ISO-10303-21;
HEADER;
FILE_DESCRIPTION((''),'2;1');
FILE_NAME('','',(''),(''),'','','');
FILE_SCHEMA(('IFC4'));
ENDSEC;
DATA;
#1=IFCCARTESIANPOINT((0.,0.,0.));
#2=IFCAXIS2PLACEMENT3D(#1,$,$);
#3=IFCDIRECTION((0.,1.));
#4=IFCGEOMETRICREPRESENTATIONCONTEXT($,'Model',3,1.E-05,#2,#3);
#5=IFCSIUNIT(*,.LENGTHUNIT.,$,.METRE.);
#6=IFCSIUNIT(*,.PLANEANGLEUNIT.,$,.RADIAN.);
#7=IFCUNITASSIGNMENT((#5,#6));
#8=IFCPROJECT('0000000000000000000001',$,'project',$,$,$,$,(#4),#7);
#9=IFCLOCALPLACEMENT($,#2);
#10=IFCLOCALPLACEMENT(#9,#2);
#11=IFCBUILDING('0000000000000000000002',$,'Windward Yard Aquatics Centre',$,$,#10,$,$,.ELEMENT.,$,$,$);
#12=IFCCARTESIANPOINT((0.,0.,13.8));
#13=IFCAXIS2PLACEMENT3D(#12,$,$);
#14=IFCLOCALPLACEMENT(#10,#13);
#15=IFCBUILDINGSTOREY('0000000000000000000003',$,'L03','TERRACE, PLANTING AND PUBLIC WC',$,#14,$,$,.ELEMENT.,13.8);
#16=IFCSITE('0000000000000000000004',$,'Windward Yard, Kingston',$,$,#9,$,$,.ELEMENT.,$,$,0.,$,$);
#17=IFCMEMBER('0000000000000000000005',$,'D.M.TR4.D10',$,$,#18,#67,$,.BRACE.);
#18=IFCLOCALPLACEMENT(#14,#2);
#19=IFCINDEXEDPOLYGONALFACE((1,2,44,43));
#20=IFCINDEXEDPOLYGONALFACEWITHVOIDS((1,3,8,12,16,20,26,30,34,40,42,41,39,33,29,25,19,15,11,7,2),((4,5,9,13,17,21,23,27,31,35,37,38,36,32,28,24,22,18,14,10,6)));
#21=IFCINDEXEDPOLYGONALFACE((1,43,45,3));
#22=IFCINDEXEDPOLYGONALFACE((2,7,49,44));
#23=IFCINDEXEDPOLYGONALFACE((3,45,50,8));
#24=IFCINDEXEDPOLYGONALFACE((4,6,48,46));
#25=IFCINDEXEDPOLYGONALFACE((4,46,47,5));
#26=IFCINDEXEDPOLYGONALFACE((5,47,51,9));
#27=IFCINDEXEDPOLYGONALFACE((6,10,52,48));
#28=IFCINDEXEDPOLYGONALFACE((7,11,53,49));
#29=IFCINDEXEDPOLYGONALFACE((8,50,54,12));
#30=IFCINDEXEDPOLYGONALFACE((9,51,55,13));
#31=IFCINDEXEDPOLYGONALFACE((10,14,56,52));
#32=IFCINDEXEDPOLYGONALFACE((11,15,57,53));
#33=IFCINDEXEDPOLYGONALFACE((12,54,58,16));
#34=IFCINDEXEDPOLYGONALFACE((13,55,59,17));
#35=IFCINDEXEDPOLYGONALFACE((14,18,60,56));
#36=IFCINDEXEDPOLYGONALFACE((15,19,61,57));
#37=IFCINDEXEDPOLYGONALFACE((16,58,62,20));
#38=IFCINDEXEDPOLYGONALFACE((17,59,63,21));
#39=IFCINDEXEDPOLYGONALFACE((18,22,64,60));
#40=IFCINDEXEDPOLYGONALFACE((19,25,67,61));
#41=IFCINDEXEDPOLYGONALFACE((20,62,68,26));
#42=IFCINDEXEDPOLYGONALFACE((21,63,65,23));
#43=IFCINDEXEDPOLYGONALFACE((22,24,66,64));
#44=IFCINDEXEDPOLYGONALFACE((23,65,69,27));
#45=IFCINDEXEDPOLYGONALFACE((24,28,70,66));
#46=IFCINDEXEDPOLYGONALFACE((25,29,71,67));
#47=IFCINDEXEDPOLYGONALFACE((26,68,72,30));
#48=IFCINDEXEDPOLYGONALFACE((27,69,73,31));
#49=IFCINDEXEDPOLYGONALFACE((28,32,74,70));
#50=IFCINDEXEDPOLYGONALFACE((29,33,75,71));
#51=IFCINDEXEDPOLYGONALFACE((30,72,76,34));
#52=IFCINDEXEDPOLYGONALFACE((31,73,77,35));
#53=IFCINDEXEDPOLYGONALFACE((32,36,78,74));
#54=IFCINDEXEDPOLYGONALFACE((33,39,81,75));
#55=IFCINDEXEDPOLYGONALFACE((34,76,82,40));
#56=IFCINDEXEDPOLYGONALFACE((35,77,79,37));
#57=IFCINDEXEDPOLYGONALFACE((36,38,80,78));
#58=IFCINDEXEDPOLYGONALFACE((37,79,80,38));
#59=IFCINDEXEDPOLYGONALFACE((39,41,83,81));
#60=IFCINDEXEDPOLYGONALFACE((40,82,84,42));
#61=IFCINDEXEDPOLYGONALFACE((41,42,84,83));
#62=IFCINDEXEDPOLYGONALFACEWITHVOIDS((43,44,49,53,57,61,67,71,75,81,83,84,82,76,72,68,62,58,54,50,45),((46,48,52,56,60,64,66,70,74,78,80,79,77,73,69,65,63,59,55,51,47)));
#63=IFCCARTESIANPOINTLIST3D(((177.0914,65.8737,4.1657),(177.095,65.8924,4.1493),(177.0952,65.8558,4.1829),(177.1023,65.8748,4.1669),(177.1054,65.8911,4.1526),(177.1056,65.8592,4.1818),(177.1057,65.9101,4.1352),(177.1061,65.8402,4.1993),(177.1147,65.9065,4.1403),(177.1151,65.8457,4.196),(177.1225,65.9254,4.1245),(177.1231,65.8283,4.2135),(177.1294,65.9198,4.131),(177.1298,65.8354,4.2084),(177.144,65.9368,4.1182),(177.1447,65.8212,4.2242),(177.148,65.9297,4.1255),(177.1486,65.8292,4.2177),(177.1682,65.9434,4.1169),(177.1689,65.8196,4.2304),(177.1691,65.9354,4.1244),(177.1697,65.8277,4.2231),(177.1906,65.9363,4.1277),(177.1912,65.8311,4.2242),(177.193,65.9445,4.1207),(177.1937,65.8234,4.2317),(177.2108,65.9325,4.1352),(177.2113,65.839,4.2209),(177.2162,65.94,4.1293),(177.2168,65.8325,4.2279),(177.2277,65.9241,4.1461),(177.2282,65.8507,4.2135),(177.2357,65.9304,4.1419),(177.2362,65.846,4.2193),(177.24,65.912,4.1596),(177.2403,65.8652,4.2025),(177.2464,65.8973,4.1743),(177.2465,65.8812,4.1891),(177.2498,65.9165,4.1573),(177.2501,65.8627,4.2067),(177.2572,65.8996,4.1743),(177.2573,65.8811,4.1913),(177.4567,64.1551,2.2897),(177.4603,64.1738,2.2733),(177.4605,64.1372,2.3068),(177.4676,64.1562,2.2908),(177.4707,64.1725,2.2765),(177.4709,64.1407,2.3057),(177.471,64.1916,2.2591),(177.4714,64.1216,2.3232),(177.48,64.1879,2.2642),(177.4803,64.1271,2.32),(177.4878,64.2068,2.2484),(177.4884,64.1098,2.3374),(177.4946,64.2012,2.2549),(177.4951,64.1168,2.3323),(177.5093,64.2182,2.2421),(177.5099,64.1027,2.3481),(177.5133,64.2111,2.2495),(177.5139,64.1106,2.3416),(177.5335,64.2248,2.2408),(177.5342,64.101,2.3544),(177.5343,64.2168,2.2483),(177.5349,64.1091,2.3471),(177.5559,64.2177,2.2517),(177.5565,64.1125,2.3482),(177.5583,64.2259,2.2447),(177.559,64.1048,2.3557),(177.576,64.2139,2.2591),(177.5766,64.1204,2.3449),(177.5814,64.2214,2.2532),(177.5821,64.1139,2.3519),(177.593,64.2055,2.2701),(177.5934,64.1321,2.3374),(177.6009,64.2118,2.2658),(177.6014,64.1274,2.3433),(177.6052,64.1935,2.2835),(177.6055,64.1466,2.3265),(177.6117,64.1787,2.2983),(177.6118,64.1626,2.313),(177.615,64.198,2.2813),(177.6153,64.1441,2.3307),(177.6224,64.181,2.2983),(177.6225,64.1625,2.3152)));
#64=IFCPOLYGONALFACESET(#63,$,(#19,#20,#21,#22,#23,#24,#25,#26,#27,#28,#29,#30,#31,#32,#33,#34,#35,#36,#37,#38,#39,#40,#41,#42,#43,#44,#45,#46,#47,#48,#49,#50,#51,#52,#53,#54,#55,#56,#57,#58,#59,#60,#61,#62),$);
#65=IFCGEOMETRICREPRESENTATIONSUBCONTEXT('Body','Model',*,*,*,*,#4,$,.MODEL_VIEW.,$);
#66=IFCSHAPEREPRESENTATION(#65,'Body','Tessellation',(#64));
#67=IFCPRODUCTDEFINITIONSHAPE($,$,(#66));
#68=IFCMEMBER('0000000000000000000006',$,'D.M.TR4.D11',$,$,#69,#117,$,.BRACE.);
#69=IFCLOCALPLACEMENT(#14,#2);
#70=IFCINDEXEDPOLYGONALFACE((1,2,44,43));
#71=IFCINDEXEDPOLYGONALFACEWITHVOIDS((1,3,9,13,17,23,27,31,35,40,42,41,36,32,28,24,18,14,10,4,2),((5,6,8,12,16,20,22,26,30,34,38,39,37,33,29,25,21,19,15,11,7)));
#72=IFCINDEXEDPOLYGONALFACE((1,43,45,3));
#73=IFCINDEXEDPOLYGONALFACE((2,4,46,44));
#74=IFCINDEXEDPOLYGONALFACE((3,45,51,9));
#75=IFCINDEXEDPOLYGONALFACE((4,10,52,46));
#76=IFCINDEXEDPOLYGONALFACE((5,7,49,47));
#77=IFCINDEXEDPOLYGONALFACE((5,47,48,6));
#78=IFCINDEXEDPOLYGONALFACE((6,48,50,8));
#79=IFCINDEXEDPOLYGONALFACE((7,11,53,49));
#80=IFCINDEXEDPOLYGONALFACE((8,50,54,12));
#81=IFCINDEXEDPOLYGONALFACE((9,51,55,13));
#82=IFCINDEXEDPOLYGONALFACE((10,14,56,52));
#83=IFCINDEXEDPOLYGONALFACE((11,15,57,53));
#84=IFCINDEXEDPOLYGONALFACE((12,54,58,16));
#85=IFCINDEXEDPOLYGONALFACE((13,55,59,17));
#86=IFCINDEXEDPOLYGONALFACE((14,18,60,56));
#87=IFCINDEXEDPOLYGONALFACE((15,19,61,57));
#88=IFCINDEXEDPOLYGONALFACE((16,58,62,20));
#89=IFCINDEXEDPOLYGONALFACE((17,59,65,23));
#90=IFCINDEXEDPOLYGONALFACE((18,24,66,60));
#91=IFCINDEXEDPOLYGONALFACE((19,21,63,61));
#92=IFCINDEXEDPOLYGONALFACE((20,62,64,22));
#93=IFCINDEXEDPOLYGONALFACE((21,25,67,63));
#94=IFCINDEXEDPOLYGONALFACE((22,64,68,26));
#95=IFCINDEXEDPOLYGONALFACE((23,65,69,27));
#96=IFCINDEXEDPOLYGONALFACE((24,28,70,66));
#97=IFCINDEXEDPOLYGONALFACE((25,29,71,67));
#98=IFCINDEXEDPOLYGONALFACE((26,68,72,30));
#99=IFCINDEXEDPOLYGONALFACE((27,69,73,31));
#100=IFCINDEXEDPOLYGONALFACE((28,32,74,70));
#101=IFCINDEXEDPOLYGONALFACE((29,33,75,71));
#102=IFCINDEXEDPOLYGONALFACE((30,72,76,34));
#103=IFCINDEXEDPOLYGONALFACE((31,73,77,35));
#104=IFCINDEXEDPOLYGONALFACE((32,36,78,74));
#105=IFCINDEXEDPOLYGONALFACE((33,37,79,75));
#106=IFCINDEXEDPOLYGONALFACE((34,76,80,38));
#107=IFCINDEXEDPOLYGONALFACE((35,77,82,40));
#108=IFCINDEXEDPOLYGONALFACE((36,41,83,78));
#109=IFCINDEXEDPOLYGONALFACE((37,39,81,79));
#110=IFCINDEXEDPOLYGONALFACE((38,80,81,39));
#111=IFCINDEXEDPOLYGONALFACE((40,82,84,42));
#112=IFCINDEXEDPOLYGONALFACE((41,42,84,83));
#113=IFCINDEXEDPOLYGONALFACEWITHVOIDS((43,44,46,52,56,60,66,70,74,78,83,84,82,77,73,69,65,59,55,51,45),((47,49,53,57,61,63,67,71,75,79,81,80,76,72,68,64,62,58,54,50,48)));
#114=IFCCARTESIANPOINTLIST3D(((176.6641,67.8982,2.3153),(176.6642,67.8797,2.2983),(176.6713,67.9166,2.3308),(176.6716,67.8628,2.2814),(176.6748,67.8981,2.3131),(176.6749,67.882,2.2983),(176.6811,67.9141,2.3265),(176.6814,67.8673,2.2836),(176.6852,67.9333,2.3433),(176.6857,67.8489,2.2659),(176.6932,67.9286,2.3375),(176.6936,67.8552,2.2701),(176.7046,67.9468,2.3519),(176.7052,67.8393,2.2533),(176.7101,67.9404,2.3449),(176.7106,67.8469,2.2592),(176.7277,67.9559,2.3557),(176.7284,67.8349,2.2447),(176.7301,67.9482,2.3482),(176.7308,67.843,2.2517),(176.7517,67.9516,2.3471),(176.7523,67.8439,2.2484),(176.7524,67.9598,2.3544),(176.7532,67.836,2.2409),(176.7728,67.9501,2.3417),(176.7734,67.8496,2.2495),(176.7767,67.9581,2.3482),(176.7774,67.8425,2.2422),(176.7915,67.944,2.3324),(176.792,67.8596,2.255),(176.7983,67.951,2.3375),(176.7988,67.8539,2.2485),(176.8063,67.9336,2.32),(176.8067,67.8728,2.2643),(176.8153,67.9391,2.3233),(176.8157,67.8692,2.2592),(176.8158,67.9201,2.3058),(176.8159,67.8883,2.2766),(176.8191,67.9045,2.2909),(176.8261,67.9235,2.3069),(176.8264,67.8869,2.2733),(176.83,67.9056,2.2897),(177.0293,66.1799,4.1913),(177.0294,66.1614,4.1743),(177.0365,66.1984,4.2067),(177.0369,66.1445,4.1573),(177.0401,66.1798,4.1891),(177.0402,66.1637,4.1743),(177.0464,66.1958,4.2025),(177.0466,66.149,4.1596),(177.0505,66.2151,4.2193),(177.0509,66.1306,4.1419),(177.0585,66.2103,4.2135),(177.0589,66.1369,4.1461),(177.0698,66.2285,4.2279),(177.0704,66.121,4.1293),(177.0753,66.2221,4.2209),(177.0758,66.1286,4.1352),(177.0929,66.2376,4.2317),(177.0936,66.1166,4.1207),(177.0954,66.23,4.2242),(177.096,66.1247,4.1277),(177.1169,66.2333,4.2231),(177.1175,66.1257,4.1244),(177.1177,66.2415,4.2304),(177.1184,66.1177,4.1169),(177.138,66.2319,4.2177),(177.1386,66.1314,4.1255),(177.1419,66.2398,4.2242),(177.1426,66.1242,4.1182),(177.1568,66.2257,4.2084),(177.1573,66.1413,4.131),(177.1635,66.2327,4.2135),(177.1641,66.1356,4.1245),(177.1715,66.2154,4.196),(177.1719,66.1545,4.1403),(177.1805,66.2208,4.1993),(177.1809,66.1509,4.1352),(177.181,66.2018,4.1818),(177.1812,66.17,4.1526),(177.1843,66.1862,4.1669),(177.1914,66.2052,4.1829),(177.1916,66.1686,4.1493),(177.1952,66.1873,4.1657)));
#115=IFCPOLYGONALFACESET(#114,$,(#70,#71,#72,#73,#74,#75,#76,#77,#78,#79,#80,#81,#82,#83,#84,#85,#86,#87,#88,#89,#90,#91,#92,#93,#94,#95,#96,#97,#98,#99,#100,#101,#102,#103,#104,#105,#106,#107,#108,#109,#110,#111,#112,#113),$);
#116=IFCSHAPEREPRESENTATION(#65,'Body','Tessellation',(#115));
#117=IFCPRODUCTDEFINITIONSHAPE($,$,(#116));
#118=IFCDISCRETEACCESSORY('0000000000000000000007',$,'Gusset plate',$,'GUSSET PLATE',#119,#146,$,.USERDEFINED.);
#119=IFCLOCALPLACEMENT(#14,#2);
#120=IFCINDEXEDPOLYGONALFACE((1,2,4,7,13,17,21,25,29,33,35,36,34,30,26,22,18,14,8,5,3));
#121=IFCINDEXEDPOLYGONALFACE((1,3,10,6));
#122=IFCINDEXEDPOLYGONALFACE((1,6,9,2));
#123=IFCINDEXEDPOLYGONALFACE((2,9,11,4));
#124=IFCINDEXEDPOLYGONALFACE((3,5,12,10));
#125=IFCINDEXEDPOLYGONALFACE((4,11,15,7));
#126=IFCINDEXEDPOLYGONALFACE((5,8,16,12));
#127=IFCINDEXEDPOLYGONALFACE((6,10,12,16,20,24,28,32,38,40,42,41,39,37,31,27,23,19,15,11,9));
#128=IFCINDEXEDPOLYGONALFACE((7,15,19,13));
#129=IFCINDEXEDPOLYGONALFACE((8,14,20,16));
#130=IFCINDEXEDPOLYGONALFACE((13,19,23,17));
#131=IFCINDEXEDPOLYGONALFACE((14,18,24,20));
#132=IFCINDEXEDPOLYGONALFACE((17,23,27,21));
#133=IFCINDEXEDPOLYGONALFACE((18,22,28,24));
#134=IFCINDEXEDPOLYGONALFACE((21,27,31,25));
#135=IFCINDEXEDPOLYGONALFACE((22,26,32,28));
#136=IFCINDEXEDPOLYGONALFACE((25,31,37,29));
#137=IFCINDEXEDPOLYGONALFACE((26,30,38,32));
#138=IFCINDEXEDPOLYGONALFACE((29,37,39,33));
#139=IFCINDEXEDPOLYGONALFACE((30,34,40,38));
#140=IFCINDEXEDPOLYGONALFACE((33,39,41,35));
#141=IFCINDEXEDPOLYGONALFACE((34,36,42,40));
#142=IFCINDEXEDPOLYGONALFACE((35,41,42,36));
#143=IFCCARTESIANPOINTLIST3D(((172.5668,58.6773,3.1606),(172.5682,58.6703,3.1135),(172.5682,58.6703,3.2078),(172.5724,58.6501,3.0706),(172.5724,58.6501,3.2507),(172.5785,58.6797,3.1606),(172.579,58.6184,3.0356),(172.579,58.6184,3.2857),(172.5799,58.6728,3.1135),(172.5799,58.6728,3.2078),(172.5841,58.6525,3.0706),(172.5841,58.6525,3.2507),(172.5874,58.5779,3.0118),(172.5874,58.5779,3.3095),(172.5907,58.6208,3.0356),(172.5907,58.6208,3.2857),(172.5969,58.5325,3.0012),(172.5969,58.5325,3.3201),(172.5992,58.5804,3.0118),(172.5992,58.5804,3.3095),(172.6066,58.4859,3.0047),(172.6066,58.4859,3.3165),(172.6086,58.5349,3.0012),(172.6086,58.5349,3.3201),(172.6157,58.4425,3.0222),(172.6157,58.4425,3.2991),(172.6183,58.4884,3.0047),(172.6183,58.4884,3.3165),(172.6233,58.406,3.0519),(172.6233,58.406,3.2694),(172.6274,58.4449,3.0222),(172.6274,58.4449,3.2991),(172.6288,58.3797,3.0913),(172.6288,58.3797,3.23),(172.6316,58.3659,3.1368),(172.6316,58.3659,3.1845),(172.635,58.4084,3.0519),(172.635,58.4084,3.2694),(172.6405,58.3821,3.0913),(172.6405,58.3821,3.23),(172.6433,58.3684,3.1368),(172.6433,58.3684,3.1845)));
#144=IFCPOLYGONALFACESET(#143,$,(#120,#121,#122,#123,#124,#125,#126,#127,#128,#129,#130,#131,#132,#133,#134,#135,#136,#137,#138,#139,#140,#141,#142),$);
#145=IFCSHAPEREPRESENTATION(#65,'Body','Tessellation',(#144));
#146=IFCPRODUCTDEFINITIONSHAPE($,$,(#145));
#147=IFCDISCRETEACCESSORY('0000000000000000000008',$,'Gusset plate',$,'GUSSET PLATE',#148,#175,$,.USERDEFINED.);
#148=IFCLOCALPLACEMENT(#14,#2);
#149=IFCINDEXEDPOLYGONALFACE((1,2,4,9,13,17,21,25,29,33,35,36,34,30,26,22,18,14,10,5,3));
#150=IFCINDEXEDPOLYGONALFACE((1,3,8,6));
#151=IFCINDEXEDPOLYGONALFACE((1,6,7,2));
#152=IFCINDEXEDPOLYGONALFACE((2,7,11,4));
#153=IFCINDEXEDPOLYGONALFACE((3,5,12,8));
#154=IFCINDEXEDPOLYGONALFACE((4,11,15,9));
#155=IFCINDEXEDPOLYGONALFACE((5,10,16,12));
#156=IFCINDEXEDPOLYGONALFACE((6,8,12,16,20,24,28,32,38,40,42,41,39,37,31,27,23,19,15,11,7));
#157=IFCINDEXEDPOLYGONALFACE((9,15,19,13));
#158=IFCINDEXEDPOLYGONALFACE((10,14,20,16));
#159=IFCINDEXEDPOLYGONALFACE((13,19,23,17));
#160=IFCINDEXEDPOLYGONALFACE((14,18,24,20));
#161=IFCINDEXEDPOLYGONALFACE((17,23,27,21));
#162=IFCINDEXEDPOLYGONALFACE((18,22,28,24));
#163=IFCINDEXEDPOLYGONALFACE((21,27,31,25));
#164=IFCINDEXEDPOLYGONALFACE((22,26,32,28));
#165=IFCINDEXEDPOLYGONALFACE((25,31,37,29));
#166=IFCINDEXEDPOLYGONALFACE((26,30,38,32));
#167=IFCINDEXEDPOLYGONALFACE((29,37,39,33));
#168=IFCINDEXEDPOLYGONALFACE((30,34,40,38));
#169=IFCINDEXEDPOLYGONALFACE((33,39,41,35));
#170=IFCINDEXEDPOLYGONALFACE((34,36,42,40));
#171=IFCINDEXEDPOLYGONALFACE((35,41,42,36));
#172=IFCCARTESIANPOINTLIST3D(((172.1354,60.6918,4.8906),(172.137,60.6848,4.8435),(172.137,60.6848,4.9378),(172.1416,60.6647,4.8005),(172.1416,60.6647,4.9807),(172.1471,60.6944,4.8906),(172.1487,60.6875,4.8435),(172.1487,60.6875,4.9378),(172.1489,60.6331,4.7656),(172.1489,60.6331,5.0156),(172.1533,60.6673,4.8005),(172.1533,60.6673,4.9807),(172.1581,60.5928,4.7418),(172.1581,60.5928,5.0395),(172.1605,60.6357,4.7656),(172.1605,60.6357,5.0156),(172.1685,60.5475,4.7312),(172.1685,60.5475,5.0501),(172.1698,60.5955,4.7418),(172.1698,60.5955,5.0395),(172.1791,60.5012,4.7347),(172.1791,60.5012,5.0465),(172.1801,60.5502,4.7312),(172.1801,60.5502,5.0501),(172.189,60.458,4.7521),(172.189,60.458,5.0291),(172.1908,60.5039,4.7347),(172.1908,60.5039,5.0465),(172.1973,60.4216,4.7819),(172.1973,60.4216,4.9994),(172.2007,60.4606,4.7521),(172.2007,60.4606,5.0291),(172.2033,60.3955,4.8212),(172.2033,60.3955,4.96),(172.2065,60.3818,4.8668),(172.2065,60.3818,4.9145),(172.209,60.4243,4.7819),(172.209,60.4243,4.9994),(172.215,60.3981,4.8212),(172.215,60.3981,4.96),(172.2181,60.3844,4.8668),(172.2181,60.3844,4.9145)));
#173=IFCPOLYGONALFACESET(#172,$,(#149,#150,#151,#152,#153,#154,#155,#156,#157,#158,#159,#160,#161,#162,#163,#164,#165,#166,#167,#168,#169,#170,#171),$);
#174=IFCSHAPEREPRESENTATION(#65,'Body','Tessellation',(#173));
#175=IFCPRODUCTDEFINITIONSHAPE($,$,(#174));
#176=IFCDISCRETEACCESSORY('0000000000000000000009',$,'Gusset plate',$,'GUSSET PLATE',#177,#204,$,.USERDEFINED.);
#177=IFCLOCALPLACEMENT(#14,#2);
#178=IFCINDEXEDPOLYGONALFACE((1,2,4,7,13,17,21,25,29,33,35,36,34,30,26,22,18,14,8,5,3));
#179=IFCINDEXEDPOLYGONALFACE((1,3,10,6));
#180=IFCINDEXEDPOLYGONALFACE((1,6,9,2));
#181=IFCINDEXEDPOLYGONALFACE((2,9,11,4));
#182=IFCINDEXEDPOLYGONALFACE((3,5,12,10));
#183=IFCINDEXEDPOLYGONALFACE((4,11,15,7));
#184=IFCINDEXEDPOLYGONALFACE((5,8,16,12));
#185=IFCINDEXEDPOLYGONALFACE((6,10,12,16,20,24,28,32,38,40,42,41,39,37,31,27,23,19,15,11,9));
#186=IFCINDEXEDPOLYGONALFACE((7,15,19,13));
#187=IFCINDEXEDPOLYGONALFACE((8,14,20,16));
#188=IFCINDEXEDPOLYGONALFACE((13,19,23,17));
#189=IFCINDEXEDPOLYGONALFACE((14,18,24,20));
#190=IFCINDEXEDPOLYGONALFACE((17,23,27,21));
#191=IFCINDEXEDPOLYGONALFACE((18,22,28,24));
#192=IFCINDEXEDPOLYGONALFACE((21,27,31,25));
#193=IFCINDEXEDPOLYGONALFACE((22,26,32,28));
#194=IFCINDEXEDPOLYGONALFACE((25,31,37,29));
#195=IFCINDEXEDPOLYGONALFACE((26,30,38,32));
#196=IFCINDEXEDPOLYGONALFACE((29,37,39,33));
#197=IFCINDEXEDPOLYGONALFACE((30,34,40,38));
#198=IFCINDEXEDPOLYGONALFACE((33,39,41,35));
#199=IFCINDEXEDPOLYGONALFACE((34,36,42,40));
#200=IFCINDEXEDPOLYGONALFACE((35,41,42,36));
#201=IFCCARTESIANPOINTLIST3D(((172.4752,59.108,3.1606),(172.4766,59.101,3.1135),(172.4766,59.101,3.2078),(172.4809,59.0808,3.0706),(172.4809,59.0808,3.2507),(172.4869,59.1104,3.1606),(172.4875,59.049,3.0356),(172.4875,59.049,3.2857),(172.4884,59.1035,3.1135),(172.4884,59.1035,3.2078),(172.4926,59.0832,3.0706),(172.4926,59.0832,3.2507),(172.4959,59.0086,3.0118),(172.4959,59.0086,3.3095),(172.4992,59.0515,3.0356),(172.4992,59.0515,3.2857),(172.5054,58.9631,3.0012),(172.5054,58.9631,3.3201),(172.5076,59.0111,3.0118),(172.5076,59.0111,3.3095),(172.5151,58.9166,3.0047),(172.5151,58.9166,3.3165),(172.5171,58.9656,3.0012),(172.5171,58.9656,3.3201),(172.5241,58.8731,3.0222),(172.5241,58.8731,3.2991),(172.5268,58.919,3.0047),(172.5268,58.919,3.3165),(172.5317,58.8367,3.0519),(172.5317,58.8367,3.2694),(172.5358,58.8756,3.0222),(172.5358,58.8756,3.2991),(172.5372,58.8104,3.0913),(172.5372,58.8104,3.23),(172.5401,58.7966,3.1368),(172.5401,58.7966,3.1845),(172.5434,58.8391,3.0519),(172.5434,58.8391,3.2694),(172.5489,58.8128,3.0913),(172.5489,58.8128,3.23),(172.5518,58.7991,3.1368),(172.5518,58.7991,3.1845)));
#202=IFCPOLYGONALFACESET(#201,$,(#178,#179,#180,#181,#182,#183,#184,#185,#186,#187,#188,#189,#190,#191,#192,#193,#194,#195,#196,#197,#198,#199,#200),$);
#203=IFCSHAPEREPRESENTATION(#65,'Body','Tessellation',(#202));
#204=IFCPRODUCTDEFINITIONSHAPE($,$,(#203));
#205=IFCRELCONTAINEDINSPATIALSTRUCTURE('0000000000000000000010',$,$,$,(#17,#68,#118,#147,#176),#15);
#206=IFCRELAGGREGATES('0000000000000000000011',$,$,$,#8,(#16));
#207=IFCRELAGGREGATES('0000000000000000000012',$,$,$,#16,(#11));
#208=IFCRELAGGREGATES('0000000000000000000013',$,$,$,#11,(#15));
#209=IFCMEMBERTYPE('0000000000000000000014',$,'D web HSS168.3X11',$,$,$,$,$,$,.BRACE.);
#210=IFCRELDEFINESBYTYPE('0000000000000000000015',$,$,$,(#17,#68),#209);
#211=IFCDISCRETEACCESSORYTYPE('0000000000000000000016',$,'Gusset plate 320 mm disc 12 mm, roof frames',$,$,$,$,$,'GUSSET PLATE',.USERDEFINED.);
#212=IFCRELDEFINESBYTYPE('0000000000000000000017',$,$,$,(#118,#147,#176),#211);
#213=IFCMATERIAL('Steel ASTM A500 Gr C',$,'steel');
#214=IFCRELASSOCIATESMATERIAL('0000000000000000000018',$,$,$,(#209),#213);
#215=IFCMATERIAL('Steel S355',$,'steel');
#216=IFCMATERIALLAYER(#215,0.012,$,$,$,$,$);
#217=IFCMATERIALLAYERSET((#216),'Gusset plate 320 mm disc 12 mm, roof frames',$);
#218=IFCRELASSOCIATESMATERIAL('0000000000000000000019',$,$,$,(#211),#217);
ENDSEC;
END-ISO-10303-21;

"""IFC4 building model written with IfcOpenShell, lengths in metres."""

from ifc_helpers import new_model, si_unit, direction, frame, origin, origin_2d, place, context, subcontext, project, spatial, circle, hollow_circle, extrude, material, layer, layer_set, material_profile, profile_set, type_object, element, save


model = new_model("IFC4")

# Units and contexts
model_context = context("Model", 3, precision=1e-05, world=origin(), true_north=direction((0.0, 1.0)))
body_context = subcontext(model_context, "Body", "Model", "MODEL_VIEW")
ifc_project = project(units=[si_unit("LENGTHUNIT", "METRE"), si_unit("PLANEANGLEUNIT", "RADIAN")], contexts=[model_context])

# Site, building, storey
site_placement = place(None, origin())
site = spatial("IfcSite", under=ifc_project, at=site_placement, Name="Windward Yard, Kingston", CompositionType="ELEMENT", RefElevation=0.0)
building_placement = place(site_placement, origin())
building = spatial("IfcBuilding", under=site, at=building_placement, Name="Windward Yard Aquatics Centre", CompositionType="ELEMENT")
storey_placement = place(building_placement, frame((0.0, 0.0, 13.8)))
storey = spatial("IfcBuildingStorey", under=building, at=storey_placement, Name="L03", Description="TERRACE, PLANTING AND PUBLIC WC", CompositionType="ELEMENT", Elevation=13.8)

# Members
ifc_material_1 = material(Name="Steel ASTM A500 Gr C", Category="steel")
ifc_material_profile_1 = material_profile(ifc_material_1, hollow_circle(Radius=0.0842, WallThickness=0.011, at=origin_2d()), Name="HSS168.3X11")
ifc_profile_set_1 = profile_set([ifc_material_profile_1], Name="Steel ASTM A500 Gr C")
member_type_1 = type_object("IfcMemberType", Name="D web HSS168.3X11", PredefinedType="BRACE", material=ifc_profile_set_1)
for number, where, z_axis, x_axis, name in (
    (1, (177.1748, 65.8821, 4.1743), (0.142103, -0.668626, -0.729894), (0.978153, 0.207887, 0.0), "D.M.TR4.D10"),
):
    element("IfcMember", number, at=place(storey_placement, frame(where, z_axis=z_axis, x_axis=x_axis)), inside=storey, type_object=member_type_1, Name=name, PredefinedType="BRACE", context=body_context, shape_type="SweptSolid", body=[
        extrude(hollow_circle(Radius=0.0842, WallThickness=0.011, at=origin_2d()), origin(), (0.0, 0.0, 1.0), 2.5703),
    ])
member_1_placement = place(storey_placement, frame((177.1118, 66.179, 4.1743), z_axis=(-0.142112, 0.668574, -0.729941), x_axis=(-0.978147, -0.207915, 0.0)))
element("IfcMember", 2, at=member_1_placement, inside=storey, type_object=member_type_1, Name="D.M.TR4.D11", PredefinedType="BRACE", context=body_context, shape_type="SweptSolid", body=[
    extrude(hollow_circle(Radius=0.0842, WallThickness=0.011, at=origin_2d()), origin(), (0.0, 0.0, 1.0), 2.5701),
])

# Discrete accessories
ifc_material_2 = material(Name="Steel S355", Category="steel")
ifc_layer = layer(ifc_material_2, 0.012)
ifc_layer_set = layer_set([ifc_layer], Name="Gusset plate 320 mm disc 12 mm, roof frames")
discrete_accessory_type = type_object("IfcDiscreteAccessoryType", Name="Gusset plate 320 mm disc 12 mm, roof frames", ElementType="GUSSET PLATE", PredefinedType="USERDEFINED", material=ifc_layer_set)
for number, where, z_axis, x_axis, name in (
    (3, (172.5994, 58.5208, 3.1606), (0.97898, 0.203954, 0.0), (-0.203954, 0.97898, 0.0), "Gusset plate"),
    (4, (172.1711, 60.5359, 4.8906), (0.974732, 0.223376, 0.0), (-0.223376, 0.974732, 0.0), "Gusset plate"),
    (5, (172.5078, 58.9514, 3.1606), (0.97898, 0.203954, 0.0), (-0.203954, 0.97898, 0.0), "Gusset plate"),
):
    element("IfcDiscreteAccessory", number, at=place(storey_placement, frame(where, z_axis=z_axis, x_axis=x_axis)), inside=storey, type_object=discrete_accessory_type, Name=name, ObjectType="GUSSET PLATE", PredefinedType="USERDEFINED", context=body_context, shape_type="SweptSolid", body=[
        extrude(circle(Radius=0.1599, at=origin_2d()), origin(), (0.0, 0.0, 1.0), 0.012),
    ])

save(model, "model.ifc")
